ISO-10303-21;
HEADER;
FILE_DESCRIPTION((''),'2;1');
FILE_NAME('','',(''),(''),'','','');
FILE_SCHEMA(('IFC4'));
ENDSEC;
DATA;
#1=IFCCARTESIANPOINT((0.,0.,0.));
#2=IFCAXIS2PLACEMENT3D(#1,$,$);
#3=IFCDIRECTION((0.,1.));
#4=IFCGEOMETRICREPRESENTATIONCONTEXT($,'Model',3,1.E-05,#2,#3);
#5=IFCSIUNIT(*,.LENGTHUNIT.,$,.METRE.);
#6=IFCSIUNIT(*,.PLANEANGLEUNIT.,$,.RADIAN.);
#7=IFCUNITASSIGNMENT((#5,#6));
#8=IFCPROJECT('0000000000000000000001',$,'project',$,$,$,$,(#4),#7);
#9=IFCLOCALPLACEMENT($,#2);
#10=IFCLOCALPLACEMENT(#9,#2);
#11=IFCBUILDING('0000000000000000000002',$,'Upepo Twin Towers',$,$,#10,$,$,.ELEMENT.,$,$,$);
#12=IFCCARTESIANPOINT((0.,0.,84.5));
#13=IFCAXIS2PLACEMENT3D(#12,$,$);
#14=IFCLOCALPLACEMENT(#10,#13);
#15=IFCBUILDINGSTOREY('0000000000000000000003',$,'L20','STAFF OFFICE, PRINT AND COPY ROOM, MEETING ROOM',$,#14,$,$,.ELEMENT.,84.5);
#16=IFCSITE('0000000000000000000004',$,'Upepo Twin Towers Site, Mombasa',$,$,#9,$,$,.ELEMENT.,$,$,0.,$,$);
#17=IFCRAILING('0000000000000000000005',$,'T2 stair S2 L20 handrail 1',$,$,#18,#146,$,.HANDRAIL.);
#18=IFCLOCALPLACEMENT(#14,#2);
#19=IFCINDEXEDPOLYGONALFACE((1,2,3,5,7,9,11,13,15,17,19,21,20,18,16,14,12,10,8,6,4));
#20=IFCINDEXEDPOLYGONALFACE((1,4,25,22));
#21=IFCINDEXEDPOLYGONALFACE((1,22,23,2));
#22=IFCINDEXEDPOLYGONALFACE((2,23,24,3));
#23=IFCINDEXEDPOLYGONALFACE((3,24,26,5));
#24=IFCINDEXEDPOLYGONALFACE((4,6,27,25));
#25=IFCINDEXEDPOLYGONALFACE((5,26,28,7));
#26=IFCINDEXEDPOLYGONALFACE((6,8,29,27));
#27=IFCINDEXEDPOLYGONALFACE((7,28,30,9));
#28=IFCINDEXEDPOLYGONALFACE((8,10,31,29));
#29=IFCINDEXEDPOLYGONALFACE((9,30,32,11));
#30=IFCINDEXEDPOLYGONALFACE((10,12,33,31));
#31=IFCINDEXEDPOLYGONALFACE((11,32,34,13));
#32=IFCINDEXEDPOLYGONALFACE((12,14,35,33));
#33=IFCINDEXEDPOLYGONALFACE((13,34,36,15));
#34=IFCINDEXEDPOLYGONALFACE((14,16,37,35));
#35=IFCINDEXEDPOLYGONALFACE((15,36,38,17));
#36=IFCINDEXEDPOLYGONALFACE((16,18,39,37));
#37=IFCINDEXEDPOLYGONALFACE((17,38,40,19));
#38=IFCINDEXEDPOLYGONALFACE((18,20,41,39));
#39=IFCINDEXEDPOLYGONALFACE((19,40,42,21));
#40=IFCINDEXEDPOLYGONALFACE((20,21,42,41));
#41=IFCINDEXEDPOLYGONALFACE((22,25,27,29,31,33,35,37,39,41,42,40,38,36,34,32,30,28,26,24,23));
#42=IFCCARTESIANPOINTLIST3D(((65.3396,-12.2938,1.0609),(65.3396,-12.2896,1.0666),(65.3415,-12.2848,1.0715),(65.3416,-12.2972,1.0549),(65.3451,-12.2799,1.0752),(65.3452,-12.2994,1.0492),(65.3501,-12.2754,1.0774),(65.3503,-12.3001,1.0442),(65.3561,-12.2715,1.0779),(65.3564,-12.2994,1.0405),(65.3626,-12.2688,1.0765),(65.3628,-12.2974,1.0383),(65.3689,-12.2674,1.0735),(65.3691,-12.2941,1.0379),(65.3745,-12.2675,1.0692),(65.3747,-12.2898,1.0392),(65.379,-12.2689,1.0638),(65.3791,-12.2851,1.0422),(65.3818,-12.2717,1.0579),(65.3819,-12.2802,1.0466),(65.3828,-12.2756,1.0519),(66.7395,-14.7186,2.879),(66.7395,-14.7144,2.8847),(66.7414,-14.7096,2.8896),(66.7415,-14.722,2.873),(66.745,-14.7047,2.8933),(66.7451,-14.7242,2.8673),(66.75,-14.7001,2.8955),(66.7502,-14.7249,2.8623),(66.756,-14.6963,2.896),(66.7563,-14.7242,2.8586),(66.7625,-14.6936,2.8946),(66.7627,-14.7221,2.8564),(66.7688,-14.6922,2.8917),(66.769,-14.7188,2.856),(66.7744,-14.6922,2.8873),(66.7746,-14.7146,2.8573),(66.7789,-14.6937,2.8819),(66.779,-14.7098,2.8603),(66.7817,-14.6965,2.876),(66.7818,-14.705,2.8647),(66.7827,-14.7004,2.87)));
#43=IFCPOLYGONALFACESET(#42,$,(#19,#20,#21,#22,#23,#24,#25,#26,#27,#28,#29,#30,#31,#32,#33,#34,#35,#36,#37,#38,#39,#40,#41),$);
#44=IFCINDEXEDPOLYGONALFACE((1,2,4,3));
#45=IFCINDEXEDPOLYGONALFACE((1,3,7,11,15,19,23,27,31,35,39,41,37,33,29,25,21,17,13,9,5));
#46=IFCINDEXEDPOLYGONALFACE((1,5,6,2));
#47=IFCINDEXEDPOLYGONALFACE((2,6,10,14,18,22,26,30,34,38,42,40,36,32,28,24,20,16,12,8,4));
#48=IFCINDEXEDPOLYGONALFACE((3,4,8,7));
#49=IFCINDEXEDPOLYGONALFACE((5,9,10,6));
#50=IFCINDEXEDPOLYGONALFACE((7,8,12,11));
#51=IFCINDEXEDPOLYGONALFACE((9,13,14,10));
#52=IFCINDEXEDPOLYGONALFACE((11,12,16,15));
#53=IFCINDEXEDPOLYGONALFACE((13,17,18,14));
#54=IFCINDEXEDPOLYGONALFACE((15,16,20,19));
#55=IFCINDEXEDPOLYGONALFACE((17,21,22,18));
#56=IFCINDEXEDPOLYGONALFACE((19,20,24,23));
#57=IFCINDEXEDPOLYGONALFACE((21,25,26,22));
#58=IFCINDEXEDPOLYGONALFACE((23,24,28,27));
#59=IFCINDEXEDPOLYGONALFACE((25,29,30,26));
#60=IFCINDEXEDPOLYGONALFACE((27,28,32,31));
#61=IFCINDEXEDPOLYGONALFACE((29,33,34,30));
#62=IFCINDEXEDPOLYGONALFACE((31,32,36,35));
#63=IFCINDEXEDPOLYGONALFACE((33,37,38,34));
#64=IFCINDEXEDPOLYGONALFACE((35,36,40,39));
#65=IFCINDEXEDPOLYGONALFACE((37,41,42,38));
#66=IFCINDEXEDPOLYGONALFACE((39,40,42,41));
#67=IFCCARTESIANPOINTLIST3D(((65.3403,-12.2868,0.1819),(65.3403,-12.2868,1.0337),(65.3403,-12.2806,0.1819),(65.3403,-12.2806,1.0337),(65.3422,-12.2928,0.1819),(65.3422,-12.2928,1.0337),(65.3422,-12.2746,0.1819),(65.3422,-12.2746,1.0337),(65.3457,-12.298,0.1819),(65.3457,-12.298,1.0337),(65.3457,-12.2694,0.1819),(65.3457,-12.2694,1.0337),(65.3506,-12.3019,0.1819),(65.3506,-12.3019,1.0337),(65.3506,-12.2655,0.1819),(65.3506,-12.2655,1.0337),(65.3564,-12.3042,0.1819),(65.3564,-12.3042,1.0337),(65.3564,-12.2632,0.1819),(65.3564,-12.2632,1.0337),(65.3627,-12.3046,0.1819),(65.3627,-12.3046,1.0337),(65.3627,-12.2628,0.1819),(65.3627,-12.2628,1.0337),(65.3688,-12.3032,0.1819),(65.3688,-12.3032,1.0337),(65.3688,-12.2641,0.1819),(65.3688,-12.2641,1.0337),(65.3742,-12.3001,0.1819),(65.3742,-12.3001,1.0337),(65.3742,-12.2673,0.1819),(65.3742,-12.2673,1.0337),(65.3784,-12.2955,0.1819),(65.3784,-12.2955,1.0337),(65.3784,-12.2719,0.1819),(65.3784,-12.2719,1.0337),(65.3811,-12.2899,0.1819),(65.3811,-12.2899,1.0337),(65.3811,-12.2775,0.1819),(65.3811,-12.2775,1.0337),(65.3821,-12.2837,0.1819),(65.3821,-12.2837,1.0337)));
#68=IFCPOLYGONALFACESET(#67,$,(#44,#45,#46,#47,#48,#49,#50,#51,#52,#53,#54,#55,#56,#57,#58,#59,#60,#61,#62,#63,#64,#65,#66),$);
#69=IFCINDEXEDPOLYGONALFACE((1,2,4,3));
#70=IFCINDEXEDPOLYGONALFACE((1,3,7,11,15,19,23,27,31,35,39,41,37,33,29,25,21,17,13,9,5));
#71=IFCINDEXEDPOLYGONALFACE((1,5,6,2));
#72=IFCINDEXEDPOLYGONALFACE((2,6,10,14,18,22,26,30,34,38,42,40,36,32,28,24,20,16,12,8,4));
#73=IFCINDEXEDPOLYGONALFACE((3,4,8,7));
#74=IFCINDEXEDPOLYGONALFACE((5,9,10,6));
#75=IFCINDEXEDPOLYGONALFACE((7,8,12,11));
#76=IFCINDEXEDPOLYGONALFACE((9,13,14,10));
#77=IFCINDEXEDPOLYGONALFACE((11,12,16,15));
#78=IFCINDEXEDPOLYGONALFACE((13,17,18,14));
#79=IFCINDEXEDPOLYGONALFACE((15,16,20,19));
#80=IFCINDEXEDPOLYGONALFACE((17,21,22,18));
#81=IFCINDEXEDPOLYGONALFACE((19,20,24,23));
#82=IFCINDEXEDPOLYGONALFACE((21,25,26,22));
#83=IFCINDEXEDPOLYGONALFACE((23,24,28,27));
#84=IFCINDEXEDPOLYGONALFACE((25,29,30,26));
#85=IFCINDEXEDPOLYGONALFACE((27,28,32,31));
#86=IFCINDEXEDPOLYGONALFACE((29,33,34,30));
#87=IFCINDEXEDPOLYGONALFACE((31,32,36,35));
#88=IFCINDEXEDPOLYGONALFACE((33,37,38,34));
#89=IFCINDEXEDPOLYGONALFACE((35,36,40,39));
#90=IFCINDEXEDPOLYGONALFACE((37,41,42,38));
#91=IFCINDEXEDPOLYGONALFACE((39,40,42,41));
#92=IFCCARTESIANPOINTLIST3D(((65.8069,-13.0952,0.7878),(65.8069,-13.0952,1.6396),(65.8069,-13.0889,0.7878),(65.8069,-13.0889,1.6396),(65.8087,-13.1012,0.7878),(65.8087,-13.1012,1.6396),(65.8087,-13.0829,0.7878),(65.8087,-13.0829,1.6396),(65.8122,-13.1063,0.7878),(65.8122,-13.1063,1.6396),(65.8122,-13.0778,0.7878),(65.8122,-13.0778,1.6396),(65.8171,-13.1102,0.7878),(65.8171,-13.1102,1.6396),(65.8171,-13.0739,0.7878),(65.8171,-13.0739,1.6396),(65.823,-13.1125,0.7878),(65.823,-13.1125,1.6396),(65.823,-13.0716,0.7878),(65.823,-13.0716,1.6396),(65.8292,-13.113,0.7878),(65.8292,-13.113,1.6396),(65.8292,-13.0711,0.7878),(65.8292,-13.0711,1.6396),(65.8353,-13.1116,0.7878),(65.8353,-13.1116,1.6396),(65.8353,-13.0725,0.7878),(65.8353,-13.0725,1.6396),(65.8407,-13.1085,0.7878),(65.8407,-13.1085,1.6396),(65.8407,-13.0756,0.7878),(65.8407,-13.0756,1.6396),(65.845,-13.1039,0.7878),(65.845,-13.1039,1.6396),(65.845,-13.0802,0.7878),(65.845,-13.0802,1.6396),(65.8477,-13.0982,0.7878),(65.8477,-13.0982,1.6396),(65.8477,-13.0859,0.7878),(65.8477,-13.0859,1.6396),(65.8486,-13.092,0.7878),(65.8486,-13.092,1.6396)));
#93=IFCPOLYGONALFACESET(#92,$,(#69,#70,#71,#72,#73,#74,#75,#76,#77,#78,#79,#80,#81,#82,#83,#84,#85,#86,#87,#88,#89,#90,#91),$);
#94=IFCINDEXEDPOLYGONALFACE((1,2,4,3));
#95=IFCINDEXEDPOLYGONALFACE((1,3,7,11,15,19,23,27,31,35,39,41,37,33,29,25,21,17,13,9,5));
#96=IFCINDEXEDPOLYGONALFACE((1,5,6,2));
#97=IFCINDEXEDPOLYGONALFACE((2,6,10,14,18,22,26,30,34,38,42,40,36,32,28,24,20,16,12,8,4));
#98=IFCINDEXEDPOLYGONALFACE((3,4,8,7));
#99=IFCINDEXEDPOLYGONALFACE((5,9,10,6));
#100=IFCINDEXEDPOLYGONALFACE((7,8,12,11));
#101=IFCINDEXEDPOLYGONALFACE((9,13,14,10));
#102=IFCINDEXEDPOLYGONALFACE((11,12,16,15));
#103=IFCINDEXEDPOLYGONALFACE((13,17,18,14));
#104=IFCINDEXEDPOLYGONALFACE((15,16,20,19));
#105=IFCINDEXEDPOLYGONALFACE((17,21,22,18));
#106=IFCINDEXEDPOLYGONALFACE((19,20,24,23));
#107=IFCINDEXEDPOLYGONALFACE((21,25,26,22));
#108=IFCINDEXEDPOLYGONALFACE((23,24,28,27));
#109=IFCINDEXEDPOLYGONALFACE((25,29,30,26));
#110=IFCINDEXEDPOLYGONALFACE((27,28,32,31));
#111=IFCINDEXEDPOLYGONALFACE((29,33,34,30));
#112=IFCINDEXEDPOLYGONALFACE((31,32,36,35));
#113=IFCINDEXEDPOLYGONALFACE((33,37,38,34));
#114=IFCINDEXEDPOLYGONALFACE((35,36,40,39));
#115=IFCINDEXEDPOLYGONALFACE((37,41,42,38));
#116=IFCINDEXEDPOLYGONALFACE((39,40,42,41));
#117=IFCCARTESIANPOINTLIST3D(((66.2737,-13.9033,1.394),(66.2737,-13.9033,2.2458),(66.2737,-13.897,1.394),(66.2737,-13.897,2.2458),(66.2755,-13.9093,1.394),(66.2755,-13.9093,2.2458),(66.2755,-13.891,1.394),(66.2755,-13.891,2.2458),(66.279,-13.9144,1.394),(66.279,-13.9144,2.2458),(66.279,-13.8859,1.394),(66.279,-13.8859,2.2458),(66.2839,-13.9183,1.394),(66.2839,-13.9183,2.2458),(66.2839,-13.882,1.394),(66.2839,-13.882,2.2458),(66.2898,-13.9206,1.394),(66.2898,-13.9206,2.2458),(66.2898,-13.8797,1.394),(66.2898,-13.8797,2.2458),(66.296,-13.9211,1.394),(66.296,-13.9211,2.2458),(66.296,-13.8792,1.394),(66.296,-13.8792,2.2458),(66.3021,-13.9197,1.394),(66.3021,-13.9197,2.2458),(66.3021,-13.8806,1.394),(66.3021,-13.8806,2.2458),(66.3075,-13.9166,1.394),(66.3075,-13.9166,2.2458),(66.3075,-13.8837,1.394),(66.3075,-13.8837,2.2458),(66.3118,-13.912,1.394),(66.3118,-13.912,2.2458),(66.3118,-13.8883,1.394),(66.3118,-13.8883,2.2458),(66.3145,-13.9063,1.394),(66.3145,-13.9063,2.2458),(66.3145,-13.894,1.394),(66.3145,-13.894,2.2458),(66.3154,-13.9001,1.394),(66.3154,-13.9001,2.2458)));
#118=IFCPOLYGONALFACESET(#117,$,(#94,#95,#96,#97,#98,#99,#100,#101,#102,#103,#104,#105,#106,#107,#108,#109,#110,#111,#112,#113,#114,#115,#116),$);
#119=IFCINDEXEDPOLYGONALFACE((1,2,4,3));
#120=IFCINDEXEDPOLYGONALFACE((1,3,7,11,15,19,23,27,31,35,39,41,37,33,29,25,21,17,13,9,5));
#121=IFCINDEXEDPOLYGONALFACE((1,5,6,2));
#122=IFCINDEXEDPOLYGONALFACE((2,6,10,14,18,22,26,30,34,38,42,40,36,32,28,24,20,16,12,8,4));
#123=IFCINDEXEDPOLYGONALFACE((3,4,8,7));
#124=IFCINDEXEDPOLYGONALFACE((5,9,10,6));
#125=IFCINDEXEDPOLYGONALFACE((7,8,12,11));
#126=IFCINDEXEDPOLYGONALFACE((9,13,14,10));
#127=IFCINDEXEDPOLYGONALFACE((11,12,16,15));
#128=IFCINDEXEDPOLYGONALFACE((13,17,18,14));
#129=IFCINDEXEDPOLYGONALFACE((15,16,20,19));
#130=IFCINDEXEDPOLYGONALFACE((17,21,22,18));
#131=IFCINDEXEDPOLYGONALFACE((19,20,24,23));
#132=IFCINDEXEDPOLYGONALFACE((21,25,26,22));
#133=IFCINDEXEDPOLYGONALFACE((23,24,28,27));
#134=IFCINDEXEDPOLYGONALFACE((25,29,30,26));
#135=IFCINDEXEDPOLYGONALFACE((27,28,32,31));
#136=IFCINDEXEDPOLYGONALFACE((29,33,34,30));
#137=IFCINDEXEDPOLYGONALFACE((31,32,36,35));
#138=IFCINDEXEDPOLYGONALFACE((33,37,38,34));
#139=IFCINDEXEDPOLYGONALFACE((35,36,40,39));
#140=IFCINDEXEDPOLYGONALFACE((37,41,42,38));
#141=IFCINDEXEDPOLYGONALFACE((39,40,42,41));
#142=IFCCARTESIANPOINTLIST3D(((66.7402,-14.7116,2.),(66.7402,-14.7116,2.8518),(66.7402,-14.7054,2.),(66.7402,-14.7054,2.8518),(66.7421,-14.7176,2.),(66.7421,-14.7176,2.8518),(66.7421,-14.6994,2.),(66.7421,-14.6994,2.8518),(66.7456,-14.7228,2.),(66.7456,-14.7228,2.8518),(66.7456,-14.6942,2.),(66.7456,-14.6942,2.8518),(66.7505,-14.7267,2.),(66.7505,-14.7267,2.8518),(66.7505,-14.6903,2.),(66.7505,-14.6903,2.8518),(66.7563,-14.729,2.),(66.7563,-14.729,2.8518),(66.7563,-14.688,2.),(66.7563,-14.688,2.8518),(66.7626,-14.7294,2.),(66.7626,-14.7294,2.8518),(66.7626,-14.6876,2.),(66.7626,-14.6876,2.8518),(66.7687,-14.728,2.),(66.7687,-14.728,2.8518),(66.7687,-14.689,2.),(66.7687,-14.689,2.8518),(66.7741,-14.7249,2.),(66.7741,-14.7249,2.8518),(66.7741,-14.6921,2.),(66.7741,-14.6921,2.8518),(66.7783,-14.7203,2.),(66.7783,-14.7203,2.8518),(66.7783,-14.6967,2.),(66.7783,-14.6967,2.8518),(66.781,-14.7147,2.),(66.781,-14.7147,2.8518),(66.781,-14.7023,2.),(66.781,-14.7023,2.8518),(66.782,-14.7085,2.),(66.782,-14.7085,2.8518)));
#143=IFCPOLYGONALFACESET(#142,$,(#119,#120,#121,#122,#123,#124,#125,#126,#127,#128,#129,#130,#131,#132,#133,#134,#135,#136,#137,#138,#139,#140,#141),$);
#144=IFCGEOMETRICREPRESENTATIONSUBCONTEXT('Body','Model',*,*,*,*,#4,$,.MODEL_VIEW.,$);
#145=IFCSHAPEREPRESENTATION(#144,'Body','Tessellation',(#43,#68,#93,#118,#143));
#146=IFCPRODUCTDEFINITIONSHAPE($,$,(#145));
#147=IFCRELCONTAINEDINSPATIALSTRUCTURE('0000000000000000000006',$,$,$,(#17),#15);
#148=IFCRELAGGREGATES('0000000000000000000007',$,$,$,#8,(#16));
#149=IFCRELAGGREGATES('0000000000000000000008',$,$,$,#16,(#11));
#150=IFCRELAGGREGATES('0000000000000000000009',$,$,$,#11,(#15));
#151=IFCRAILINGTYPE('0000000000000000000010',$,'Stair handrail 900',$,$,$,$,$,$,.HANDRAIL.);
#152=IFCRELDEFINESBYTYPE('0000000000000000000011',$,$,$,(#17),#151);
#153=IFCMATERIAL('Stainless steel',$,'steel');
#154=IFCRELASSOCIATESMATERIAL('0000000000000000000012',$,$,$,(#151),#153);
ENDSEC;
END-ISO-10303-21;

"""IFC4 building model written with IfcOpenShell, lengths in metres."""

from ifc_helpers import new_model, si_unit, direction, frame, origin, origin_2d, place, context, subcontext, project, spatial, circle, extrude, material, type_object, element, save


model = new_model("IFC4")

# Units and contexts
model_context = context("Model", 3, precision=1e-05, world=origin(), true_north=direction((0.0, 1.0)))
body_context = subcontext(model_context, "Body", "Model", "MODEL_VIEW")
ifc_project = project(units=[si_unit("LENGTHUNIT", "METRE"), si_unit("PLANEANGLEUNIT", "RADIAN")], contexts=[model_context])

# Site, building, storey
site_placement = place(None, origin())
site = spatial("IfcSite", under=ifc_project, at=site_placement, Name="Upepo Twin Towers Site, Mombasa", CompositionType="ELEMENT", RefElevation=0.0)
building_placement = place(site_placement, origin())
building = spatial("IfcBuilding", under=site, at=building_placement, Name="Upepo Twin Towers", CompositionType="ELEMENT")
storey_placement = place(building_placement, frame((0.0, 0.0, 84.5)))
storey = spatial("IfcBuildingStorey", under=building, at=storey_placement, Name="L20", Description="STAFF OFFICE, PRINT AND COPY ROOM, MEETING ROOM", CompositionType="ELEMENT", Elevation=84.5)

# Railing
ifc_material_1 = material(Name="Stainless steel", Category="steel")
railing_type = type_object("IfcRailingType", Name="Stair handrail 900", PredefinedType="HANDRAIL", material=ifc_material_1)
railing_1_placement = place(storey_placement, frame((65.3611, -12.2837, 0.1819)))
element("IfcRailing", 1, at=railing_1_placement, inside=storey, type_object=railing_type, Name="T2 stair S2 L20 handrail 1", PredefinedType="HANDRAIL", context=body_context, shape_type="SweptSolid", body=[
    extrude(circle(Radius=0.0239, at=origin_2d()), frame((0.0, 0.0, 0.876), z_axis=(0.419333, -0.726336, 0.544606), x_axis=(0.866035, 0.499984, 0.0)), (0.0, 0.0, 1.0), 3.3384),
    extrude(circle(Radius=0.021, at=origin_2d()), origin(), (0.0, 0.0, 1.0), 0.8518),
    extrude(circle(Radius=0.021, at=origin_2d()), frame((0.4666, -0.8083, 0.606)), (0.0, 0.0, 1.0), 0.8518),
    extrude(circle(Radius=0.021, at=origin_2d()), frame((0.9333, -1.6165, 1.2122)), (0.0, 0.0, 1.0), 0.8518),
    extrude(circle(Radius=0.021, at=origin_2d()), frame((1.3999, -2.4248, 1.8181)), (0.0, 0.0, 1.0), 0.8518),
])

save(model, "model.ifc")
